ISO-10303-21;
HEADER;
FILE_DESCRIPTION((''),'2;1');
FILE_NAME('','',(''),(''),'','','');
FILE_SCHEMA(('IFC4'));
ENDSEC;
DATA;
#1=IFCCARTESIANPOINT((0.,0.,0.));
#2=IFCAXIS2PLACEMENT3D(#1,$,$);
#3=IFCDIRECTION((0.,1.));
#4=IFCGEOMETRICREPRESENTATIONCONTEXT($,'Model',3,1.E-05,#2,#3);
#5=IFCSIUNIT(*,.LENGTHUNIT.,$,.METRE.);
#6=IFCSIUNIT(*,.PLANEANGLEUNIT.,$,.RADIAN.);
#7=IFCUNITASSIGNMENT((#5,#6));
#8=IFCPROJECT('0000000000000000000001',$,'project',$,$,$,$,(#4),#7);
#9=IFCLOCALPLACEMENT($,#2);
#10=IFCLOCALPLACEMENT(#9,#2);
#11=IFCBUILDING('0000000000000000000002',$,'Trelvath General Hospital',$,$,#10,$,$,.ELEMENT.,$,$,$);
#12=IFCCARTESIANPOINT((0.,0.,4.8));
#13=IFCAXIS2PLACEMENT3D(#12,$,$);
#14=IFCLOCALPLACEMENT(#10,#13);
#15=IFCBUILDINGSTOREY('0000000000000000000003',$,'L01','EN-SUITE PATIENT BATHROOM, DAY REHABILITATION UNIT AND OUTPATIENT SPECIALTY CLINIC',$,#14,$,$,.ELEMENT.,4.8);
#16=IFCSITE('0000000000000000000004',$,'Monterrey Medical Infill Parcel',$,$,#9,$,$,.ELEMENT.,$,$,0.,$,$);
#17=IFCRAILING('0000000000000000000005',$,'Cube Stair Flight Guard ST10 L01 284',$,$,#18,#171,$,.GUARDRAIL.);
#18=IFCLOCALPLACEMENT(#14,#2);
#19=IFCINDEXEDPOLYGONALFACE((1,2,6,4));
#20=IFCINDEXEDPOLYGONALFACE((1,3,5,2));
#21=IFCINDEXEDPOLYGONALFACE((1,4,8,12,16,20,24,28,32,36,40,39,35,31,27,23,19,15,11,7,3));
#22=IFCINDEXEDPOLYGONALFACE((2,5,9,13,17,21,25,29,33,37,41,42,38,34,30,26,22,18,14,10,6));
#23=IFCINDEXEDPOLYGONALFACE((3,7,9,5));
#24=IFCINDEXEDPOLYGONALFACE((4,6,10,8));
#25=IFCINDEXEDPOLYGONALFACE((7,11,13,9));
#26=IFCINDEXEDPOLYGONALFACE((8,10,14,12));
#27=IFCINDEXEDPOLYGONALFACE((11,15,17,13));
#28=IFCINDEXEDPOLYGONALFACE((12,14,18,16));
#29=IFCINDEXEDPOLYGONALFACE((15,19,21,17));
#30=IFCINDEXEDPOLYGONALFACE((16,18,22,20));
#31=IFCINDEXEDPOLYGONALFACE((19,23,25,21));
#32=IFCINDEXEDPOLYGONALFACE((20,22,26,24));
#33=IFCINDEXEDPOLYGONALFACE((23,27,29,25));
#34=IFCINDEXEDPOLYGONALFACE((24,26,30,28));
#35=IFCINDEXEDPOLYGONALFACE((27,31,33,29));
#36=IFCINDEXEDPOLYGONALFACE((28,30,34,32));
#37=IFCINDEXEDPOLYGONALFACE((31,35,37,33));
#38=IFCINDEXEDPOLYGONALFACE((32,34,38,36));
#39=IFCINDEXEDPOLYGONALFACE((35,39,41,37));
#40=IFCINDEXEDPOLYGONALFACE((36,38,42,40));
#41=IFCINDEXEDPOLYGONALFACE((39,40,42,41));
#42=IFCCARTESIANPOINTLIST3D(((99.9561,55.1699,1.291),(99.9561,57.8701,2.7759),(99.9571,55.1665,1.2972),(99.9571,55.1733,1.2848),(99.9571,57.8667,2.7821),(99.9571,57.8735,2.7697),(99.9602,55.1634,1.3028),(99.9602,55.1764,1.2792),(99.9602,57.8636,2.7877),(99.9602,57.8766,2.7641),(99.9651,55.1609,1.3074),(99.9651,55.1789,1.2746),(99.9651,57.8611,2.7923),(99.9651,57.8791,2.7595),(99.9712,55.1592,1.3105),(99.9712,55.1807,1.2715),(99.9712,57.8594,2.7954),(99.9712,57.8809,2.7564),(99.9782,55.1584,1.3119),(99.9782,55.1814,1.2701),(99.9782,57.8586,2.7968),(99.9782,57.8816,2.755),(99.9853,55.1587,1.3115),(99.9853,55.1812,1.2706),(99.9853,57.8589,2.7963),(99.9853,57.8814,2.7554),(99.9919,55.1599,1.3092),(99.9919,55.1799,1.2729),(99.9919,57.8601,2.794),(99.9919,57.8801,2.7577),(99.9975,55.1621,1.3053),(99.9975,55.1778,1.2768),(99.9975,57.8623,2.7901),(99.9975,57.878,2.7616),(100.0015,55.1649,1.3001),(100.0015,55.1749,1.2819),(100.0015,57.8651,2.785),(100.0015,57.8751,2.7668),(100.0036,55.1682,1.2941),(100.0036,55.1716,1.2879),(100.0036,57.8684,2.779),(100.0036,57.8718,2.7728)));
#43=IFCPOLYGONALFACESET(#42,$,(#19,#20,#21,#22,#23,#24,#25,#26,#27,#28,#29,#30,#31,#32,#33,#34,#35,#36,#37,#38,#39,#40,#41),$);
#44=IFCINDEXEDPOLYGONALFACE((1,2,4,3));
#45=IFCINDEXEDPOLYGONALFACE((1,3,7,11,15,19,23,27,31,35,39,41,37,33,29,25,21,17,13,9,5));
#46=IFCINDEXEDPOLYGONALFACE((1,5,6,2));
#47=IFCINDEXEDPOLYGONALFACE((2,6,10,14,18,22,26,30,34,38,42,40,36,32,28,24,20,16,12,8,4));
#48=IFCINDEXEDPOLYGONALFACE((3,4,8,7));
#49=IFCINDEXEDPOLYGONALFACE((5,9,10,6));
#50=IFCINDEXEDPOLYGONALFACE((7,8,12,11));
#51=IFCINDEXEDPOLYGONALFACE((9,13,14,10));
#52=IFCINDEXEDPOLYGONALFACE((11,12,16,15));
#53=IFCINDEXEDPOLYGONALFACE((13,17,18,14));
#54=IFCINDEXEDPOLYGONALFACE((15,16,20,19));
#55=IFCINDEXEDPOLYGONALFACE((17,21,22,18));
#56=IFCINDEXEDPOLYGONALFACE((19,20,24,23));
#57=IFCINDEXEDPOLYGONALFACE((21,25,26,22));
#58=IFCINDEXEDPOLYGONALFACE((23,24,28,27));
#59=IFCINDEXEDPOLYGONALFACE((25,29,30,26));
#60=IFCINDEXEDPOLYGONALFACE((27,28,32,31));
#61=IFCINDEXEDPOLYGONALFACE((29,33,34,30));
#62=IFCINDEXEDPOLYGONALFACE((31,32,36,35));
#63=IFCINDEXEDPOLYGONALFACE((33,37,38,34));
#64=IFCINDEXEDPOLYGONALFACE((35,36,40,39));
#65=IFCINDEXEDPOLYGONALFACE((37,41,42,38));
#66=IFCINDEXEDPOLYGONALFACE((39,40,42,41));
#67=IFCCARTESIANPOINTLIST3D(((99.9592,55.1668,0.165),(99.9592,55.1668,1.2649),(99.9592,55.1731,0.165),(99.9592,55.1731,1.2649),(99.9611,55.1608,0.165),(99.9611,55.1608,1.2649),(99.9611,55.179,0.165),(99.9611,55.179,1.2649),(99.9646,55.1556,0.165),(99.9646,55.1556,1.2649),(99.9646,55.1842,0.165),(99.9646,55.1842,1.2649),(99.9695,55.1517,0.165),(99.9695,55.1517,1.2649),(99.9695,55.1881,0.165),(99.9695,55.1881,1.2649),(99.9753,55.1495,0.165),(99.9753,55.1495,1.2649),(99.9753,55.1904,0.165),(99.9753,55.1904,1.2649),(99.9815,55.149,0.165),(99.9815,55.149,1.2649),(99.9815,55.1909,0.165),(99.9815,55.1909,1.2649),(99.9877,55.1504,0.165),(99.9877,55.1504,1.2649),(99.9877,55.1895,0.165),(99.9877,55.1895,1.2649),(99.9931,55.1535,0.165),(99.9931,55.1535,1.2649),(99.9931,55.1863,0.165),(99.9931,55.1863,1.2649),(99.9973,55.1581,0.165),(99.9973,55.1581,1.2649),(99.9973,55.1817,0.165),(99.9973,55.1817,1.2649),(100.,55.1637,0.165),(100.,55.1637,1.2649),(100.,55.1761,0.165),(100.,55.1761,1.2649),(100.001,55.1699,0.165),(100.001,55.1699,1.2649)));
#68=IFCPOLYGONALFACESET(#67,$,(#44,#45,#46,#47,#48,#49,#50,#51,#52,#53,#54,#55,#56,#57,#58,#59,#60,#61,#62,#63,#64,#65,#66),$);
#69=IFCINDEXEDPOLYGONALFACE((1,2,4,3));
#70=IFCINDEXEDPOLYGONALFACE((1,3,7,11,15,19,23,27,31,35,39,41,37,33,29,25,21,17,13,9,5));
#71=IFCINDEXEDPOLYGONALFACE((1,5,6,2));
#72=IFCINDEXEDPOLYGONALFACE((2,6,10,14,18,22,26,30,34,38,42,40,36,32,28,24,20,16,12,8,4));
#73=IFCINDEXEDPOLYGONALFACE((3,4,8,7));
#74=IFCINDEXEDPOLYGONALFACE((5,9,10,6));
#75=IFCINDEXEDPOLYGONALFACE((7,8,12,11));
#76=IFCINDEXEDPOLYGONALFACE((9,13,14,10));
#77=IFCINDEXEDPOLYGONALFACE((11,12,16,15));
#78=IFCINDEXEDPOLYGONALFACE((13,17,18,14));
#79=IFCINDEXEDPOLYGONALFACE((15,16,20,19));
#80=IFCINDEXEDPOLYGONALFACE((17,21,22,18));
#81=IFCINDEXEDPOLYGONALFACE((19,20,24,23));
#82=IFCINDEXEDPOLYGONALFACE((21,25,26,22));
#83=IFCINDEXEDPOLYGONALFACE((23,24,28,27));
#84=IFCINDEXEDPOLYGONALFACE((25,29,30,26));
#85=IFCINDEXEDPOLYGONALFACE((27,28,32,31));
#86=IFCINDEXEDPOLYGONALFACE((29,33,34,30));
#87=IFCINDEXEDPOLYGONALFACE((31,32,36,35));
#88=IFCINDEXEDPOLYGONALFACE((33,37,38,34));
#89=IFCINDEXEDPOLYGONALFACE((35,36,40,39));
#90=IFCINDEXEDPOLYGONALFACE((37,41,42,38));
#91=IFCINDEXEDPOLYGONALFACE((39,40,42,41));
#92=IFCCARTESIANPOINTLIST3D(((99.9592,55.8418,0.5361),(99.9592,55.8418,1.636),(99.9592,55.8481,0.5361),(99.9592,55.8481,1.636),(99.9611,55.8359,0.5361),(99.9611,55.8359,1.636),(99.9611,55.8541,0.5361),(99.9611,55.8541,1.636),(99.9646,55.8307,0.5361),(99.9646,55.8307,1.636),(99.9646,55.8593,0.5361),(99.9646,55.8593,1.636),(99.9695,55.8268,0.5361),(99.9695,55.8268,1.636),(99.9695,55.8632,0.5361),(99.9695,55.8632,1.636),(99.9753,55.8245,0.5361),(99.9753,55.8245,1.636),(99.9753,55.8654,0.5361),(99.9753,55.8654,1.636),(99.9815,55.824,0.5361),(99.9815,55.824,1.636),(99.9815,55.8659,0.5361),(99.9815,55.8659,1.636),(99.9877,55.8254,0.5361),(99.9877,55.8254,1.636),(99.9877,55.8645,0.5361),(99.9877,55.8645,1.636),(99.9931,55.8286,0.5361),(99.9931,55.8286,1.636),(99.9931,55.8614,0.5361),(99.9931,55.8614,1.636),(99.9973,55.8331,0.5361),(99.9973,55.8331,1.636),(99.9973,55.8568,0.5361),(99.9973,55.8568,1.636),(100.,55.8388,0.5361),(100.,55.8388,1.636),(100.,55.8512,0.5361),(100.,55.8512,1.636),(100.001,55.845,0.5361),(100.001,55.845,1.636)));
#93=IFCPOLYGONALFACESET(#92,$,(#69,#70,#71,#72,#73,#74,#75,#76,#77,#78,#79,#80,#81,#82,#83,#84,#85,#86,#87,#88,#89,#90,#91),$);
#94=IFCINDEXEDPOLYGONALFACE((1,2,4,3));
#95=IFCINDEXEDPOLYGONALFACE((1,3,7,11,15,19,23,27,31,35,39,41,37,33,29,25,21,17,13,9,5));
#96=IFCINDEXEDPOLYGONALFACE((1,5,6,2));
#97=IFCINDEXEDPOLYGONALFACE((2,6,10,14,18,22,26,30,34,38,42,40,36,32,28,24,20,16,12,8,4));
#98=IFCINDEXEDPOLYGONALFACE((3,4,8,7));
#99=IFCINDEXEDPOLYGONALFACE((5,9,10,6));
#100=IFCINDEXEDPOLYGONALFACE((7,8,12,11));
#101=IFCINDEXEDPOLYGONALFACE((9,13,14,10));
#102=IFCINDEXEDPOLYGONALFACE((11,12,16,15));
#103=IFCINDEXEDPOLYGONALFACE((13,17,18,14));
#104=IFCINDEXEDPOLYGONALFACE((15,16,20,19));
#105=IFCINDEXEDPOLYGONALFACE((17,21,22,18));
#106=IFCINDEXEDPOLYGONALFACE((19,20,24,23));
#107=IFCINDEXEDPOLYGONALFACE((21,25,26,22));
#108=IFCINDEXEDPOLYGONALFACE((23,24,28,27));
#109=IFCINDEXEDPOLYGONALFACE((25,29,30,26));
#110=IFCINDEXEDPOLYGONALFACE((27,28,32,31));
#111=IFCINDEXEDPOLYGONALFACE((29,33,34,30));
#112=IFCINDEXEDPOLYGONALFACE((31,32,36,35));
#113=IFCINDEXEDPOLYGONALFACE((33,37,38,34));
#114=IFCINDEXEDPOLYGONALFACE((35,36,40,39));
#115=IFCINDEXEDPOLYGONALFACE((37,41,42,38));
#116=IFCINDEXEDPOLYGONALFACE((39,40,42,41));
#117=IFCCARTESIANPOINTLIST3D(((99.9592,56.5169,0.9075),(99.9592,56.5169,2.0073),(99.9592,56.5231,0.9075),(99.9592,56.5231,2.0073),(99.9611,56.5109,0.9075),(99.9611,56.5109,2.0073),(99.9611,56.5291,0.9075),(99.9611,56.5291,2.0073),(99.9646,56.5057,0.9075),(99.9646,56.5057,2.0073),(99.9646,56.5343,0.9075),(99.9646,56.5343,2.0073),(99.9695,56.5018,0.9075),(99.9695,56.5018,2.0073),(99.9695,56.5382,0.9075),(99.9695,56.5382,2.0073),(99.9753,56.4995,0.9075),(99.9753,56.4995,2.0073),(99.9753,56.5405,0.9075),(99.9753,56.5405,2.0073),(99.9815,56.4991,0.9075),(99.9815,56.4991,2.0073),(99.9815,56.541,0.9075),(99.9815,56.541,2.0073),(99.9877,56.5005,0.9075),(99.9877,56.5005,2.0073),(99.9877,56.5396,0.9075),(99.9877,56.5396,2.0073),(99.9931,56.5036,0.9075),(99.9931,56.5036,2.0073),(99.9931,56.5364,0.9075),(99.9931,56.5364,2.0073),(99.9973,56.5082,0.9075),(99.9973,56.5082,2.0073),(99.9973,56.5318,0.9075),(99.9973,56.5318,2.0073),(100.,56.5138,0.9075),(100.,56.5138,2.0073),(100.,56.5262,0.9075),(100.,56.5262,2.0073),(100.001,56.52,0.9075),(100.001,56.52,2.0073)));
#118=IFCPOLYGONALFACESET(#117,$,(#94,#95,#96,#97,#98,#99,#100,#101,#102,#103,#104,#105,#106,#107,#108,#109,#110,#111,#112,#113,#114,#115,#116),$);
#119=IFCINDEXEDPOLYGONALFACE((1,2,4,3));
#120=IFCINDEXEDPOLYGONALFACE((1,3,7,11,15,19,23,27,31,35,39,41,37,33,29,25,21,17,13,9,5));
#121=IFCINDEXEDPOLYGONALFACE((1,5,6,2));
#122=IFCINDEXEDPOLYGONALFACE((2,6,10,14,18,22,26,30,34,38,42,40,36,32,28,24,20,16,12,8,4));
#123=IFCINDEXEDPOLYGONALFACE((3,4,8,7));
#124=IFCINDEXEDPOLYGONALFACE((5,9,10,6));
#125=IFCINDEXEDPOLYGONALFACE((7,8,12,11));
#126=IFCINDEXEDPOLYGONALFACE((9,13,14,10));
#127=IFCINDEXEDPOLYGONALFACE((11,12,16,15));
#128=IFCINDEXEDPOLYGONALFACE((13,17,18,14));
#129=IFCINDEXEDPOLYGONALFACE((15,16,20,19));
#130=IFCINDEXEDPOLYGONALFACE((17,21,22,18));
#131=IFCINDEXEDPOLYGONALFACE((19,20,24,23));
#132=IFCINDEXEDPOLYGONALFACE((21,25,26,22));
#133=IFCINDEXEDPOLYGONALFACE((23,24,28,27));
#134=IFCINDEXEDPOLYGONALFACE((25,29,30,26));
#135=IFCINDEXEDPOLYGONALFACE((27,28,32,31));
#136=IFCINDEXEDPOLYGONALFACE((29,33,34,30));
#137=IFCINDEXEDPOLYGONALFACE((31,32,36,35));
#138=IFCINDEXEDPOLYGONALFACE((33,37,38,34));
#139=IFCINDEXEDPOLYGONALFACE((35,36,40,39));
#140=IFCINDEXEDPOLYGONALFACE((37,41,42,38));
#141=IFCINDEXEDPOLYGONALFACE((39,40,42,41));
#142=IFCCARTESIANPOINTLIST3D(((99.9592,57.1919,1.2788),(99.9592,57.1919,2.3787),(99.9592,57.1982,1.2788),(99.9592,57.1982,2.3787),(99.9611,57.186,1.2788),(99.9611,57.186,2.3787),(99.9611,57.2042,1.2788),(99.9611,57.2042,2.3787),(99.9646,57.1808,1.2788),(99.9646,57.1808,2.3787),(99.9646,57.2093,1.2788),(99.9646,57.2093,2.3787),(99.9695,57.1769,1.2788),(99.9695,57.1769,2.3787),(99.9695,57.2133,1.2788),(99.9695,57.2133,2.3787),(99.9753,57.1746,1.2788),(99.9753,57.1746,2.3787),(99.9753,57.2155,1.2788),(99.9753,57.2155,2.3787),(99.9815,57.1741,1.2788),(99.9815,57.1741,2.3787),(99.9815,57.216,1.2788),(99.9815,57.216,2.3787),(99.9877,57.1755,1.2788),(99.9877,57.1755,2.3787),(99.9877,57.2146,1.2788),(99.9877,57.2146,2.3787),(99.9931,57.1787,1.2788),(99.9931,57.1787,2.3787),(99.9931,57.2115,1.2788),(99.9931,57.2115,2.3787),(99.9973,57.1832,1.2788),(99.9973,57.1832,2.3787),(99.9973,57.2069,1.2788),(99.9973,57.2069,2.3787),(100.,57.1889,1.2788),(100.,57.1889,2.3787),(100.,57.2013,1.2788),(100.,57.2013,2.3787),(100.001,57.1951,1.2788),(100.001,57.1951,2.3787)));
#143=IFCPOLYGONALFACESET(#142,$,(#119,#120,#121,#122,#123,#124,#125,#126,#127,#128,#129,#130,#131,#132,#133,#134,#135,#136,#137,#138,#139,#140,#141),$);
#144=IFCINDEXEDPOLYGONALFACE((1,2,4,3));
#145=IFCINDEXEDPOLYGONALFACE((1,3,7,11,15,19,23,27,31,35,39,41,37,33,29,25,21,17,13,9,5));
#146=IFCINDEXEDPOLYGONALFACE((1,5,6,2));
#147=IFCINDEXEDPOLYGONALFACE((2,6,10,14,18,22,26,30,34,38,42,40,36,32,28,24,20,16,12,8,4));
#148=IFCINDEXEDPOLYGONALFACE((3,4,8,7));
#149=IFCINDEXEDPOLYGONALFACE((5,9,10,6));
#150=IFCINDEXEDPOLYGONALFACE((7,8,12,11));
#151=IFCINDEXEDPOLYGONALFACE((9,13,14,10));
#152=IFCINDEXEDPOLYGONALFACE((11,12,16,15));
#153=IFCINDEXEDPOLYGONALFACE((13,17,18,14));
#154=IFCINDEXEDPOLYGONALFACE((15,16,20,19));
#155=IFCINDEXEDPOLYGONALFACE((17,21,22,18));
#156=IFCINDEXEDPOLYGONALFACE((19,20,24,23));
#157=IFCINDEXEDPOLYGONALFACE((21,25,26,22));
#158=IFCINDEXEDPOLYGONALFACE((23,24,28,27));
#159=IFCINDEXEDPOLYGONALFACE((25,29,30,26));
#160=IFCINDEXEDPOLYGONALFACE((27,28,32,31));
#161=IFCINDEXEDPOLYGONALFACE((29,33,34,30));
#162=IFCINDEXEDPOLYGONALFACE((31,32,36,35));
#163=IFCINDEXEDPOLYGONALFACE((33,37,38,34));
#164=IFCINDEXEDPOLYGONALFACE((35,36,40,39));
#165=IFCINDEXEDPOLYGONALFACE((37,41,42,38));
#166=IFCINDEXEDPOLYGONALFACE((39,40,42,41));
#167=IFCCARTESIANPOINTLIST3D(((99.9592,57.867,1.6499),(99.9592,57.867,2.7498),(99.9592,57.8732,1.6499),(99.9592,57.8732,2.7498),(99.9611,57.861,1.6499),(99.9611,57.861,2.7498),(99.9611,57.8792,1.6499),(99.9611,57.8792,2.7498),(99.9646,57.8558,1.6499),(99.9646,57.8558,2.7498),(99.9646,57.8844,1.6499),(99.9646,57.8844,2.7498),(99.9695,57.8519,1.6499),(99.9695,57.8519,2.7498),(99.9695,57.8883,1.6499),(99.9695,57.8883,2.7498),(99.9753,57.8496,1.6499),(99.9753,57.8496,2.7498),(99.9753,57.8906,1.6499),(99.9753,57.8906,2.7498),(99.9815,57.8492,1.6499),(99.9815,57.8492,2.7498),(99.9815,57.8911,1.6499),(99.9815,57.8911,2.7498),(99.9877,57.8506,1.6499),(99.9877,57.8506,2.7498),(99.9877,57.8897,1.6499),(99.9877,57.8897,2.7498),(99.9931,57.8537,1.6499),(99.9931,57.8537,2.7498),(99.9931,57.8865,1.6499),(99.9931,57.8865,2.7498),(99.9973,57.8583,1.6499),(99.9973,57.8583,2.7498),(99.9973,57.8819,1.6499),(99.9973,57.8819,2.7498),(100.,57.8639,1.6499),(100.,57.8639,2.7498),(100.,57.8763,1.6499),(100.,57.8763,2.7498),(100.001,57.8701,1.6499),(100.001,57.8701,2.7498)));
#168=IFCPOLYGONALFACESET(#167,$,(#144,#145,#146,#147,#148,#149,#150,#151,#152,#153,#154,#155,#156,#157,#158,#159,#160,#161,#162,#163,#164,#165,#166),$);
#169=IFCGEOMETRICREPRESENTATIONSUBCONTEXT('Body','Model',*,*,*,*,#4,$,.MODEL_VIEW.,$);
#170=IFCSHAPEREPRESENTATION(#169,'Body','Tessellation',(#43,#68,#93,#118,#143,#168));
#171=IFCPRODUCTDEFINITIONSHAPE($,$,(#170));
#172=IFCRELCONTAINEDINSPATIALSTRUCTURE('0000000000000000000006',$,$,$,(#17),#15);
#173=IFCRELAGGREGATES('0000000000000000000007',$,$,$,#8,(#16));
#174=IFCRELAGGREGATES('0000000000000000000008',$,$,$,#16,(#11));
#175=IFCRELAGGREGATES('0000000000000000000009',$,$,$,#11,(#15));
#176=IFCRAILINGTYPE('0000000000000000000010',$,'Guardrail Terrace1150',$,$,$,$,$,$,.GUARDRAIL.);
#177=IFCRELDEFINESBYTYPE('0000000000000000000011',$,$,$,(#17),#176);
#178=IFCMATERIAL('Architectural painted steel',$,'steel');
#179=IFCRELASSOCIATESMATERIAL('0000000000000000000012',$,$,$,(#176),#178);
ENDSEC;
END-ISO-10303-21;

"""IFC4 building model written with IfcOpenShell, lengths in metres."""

from ifc_helpers import new_model, si_unit, direction, frame, origin, origin_2d, place, context, subcontext, project, spatial, circle, extrude, material, type_object, element, save


model = new_model("IFC4")

# Units and contexts
model_context = context("Model", 3, precision=1e-05, world=origin(), true_north=direction((0.0, 1.0)))
body_context = subcontext(model_context, "Body", "Model", "MODEL_VIEW")
ifc_project = project(units=[si_unit("LENGTHUNIT", "METRE"), si_unit("PLANEANGLEUNIT", "RADIAN")], contexts=[model_context])

# Site, building, storey
site_placement = place(None, origin())
site = spatial("IfcSite", under=ifc_project, at=site_placement, Name="Monterrey Medical Infill Parcel", CompositionType="ELEMENT", RefElevation=0.0)
building_placement = place(site_placement, origin())
building = spatial("IfcBuilding", under=site, at=building_placement, Name="Trelvath General Hospital", CompositionType="ELEMENT")
storey_placement = place(building_placement, frame((0.0, 0.0, 4.8)))
storey = spatial("IfcBuildingStorey", under=building, at=storey_placement, Name="L01", Description="EN-SUITE PATIENT BATHROOM, DAY REHABILITATION UNIT AND OUTPATIENT SPECIALTY CLINIC", CompositionType="ELEMENT", Elevation=4.8)

# Railing
ifc_material_1 = material(Name="Architectural painted steel", Category="steel")
railing_type = type_object("IfcRailingType", Name="Guardrail Terrace1150", PredefinedType="GUARDRAIL", material=ifc_material_1)
for number, where, name in (
    (1, (99.98, 55.1699, 0.165), "Cube Stair Flight Guard ST10 L01 284"),
):
    element("IfcRailing", number, at=place(storey_placement, frame(where)), inside=storey, type_object=railing_type, Name=name, PredefinedType="GUARDRAIL", context=body_context, shape_type="SweptSolid", body=[
        extrude(circle(Radius=0.0239, at=origin_2d()), frame((0.0, 0.0, 1.126), z_axis=(0.0, 0.876249, 0.481858), x_axis=(-1.0, 0.0, 0.0)), (0.0, 0.0, 1.0), 3.0815),
        extrude(circle(Radius=0.021, at=origin_2d()), origin(), (0.0, 0.0, 1.0), 1.0999),
        extrude(circle(Radius=0.021, at=origin_2d()), frame((0.0, 0.675, 0.3711)), (0.0, 0.0, 1.0), 1.0999),
        extrude(circle(Radius=0.021, at=origin_2d()), frame((0.0, 1.3501, 0.7424)), (0.0, 0.0, 1.0), 1.0999),
        extrude(circle(Radius=0.021, at=origin_2d()), frame((0.0, 2.0251, 1.1138)), (0.0, 0.0, 1.0), 1.0999),
        extrude(circle(Radius=0.021, at=origin_2d()), frame((0.0, 2.7002, 1.4849)), (0.0, 0.0, 1.0), 1.0999),
    ])

save(model, "model.ifc")
